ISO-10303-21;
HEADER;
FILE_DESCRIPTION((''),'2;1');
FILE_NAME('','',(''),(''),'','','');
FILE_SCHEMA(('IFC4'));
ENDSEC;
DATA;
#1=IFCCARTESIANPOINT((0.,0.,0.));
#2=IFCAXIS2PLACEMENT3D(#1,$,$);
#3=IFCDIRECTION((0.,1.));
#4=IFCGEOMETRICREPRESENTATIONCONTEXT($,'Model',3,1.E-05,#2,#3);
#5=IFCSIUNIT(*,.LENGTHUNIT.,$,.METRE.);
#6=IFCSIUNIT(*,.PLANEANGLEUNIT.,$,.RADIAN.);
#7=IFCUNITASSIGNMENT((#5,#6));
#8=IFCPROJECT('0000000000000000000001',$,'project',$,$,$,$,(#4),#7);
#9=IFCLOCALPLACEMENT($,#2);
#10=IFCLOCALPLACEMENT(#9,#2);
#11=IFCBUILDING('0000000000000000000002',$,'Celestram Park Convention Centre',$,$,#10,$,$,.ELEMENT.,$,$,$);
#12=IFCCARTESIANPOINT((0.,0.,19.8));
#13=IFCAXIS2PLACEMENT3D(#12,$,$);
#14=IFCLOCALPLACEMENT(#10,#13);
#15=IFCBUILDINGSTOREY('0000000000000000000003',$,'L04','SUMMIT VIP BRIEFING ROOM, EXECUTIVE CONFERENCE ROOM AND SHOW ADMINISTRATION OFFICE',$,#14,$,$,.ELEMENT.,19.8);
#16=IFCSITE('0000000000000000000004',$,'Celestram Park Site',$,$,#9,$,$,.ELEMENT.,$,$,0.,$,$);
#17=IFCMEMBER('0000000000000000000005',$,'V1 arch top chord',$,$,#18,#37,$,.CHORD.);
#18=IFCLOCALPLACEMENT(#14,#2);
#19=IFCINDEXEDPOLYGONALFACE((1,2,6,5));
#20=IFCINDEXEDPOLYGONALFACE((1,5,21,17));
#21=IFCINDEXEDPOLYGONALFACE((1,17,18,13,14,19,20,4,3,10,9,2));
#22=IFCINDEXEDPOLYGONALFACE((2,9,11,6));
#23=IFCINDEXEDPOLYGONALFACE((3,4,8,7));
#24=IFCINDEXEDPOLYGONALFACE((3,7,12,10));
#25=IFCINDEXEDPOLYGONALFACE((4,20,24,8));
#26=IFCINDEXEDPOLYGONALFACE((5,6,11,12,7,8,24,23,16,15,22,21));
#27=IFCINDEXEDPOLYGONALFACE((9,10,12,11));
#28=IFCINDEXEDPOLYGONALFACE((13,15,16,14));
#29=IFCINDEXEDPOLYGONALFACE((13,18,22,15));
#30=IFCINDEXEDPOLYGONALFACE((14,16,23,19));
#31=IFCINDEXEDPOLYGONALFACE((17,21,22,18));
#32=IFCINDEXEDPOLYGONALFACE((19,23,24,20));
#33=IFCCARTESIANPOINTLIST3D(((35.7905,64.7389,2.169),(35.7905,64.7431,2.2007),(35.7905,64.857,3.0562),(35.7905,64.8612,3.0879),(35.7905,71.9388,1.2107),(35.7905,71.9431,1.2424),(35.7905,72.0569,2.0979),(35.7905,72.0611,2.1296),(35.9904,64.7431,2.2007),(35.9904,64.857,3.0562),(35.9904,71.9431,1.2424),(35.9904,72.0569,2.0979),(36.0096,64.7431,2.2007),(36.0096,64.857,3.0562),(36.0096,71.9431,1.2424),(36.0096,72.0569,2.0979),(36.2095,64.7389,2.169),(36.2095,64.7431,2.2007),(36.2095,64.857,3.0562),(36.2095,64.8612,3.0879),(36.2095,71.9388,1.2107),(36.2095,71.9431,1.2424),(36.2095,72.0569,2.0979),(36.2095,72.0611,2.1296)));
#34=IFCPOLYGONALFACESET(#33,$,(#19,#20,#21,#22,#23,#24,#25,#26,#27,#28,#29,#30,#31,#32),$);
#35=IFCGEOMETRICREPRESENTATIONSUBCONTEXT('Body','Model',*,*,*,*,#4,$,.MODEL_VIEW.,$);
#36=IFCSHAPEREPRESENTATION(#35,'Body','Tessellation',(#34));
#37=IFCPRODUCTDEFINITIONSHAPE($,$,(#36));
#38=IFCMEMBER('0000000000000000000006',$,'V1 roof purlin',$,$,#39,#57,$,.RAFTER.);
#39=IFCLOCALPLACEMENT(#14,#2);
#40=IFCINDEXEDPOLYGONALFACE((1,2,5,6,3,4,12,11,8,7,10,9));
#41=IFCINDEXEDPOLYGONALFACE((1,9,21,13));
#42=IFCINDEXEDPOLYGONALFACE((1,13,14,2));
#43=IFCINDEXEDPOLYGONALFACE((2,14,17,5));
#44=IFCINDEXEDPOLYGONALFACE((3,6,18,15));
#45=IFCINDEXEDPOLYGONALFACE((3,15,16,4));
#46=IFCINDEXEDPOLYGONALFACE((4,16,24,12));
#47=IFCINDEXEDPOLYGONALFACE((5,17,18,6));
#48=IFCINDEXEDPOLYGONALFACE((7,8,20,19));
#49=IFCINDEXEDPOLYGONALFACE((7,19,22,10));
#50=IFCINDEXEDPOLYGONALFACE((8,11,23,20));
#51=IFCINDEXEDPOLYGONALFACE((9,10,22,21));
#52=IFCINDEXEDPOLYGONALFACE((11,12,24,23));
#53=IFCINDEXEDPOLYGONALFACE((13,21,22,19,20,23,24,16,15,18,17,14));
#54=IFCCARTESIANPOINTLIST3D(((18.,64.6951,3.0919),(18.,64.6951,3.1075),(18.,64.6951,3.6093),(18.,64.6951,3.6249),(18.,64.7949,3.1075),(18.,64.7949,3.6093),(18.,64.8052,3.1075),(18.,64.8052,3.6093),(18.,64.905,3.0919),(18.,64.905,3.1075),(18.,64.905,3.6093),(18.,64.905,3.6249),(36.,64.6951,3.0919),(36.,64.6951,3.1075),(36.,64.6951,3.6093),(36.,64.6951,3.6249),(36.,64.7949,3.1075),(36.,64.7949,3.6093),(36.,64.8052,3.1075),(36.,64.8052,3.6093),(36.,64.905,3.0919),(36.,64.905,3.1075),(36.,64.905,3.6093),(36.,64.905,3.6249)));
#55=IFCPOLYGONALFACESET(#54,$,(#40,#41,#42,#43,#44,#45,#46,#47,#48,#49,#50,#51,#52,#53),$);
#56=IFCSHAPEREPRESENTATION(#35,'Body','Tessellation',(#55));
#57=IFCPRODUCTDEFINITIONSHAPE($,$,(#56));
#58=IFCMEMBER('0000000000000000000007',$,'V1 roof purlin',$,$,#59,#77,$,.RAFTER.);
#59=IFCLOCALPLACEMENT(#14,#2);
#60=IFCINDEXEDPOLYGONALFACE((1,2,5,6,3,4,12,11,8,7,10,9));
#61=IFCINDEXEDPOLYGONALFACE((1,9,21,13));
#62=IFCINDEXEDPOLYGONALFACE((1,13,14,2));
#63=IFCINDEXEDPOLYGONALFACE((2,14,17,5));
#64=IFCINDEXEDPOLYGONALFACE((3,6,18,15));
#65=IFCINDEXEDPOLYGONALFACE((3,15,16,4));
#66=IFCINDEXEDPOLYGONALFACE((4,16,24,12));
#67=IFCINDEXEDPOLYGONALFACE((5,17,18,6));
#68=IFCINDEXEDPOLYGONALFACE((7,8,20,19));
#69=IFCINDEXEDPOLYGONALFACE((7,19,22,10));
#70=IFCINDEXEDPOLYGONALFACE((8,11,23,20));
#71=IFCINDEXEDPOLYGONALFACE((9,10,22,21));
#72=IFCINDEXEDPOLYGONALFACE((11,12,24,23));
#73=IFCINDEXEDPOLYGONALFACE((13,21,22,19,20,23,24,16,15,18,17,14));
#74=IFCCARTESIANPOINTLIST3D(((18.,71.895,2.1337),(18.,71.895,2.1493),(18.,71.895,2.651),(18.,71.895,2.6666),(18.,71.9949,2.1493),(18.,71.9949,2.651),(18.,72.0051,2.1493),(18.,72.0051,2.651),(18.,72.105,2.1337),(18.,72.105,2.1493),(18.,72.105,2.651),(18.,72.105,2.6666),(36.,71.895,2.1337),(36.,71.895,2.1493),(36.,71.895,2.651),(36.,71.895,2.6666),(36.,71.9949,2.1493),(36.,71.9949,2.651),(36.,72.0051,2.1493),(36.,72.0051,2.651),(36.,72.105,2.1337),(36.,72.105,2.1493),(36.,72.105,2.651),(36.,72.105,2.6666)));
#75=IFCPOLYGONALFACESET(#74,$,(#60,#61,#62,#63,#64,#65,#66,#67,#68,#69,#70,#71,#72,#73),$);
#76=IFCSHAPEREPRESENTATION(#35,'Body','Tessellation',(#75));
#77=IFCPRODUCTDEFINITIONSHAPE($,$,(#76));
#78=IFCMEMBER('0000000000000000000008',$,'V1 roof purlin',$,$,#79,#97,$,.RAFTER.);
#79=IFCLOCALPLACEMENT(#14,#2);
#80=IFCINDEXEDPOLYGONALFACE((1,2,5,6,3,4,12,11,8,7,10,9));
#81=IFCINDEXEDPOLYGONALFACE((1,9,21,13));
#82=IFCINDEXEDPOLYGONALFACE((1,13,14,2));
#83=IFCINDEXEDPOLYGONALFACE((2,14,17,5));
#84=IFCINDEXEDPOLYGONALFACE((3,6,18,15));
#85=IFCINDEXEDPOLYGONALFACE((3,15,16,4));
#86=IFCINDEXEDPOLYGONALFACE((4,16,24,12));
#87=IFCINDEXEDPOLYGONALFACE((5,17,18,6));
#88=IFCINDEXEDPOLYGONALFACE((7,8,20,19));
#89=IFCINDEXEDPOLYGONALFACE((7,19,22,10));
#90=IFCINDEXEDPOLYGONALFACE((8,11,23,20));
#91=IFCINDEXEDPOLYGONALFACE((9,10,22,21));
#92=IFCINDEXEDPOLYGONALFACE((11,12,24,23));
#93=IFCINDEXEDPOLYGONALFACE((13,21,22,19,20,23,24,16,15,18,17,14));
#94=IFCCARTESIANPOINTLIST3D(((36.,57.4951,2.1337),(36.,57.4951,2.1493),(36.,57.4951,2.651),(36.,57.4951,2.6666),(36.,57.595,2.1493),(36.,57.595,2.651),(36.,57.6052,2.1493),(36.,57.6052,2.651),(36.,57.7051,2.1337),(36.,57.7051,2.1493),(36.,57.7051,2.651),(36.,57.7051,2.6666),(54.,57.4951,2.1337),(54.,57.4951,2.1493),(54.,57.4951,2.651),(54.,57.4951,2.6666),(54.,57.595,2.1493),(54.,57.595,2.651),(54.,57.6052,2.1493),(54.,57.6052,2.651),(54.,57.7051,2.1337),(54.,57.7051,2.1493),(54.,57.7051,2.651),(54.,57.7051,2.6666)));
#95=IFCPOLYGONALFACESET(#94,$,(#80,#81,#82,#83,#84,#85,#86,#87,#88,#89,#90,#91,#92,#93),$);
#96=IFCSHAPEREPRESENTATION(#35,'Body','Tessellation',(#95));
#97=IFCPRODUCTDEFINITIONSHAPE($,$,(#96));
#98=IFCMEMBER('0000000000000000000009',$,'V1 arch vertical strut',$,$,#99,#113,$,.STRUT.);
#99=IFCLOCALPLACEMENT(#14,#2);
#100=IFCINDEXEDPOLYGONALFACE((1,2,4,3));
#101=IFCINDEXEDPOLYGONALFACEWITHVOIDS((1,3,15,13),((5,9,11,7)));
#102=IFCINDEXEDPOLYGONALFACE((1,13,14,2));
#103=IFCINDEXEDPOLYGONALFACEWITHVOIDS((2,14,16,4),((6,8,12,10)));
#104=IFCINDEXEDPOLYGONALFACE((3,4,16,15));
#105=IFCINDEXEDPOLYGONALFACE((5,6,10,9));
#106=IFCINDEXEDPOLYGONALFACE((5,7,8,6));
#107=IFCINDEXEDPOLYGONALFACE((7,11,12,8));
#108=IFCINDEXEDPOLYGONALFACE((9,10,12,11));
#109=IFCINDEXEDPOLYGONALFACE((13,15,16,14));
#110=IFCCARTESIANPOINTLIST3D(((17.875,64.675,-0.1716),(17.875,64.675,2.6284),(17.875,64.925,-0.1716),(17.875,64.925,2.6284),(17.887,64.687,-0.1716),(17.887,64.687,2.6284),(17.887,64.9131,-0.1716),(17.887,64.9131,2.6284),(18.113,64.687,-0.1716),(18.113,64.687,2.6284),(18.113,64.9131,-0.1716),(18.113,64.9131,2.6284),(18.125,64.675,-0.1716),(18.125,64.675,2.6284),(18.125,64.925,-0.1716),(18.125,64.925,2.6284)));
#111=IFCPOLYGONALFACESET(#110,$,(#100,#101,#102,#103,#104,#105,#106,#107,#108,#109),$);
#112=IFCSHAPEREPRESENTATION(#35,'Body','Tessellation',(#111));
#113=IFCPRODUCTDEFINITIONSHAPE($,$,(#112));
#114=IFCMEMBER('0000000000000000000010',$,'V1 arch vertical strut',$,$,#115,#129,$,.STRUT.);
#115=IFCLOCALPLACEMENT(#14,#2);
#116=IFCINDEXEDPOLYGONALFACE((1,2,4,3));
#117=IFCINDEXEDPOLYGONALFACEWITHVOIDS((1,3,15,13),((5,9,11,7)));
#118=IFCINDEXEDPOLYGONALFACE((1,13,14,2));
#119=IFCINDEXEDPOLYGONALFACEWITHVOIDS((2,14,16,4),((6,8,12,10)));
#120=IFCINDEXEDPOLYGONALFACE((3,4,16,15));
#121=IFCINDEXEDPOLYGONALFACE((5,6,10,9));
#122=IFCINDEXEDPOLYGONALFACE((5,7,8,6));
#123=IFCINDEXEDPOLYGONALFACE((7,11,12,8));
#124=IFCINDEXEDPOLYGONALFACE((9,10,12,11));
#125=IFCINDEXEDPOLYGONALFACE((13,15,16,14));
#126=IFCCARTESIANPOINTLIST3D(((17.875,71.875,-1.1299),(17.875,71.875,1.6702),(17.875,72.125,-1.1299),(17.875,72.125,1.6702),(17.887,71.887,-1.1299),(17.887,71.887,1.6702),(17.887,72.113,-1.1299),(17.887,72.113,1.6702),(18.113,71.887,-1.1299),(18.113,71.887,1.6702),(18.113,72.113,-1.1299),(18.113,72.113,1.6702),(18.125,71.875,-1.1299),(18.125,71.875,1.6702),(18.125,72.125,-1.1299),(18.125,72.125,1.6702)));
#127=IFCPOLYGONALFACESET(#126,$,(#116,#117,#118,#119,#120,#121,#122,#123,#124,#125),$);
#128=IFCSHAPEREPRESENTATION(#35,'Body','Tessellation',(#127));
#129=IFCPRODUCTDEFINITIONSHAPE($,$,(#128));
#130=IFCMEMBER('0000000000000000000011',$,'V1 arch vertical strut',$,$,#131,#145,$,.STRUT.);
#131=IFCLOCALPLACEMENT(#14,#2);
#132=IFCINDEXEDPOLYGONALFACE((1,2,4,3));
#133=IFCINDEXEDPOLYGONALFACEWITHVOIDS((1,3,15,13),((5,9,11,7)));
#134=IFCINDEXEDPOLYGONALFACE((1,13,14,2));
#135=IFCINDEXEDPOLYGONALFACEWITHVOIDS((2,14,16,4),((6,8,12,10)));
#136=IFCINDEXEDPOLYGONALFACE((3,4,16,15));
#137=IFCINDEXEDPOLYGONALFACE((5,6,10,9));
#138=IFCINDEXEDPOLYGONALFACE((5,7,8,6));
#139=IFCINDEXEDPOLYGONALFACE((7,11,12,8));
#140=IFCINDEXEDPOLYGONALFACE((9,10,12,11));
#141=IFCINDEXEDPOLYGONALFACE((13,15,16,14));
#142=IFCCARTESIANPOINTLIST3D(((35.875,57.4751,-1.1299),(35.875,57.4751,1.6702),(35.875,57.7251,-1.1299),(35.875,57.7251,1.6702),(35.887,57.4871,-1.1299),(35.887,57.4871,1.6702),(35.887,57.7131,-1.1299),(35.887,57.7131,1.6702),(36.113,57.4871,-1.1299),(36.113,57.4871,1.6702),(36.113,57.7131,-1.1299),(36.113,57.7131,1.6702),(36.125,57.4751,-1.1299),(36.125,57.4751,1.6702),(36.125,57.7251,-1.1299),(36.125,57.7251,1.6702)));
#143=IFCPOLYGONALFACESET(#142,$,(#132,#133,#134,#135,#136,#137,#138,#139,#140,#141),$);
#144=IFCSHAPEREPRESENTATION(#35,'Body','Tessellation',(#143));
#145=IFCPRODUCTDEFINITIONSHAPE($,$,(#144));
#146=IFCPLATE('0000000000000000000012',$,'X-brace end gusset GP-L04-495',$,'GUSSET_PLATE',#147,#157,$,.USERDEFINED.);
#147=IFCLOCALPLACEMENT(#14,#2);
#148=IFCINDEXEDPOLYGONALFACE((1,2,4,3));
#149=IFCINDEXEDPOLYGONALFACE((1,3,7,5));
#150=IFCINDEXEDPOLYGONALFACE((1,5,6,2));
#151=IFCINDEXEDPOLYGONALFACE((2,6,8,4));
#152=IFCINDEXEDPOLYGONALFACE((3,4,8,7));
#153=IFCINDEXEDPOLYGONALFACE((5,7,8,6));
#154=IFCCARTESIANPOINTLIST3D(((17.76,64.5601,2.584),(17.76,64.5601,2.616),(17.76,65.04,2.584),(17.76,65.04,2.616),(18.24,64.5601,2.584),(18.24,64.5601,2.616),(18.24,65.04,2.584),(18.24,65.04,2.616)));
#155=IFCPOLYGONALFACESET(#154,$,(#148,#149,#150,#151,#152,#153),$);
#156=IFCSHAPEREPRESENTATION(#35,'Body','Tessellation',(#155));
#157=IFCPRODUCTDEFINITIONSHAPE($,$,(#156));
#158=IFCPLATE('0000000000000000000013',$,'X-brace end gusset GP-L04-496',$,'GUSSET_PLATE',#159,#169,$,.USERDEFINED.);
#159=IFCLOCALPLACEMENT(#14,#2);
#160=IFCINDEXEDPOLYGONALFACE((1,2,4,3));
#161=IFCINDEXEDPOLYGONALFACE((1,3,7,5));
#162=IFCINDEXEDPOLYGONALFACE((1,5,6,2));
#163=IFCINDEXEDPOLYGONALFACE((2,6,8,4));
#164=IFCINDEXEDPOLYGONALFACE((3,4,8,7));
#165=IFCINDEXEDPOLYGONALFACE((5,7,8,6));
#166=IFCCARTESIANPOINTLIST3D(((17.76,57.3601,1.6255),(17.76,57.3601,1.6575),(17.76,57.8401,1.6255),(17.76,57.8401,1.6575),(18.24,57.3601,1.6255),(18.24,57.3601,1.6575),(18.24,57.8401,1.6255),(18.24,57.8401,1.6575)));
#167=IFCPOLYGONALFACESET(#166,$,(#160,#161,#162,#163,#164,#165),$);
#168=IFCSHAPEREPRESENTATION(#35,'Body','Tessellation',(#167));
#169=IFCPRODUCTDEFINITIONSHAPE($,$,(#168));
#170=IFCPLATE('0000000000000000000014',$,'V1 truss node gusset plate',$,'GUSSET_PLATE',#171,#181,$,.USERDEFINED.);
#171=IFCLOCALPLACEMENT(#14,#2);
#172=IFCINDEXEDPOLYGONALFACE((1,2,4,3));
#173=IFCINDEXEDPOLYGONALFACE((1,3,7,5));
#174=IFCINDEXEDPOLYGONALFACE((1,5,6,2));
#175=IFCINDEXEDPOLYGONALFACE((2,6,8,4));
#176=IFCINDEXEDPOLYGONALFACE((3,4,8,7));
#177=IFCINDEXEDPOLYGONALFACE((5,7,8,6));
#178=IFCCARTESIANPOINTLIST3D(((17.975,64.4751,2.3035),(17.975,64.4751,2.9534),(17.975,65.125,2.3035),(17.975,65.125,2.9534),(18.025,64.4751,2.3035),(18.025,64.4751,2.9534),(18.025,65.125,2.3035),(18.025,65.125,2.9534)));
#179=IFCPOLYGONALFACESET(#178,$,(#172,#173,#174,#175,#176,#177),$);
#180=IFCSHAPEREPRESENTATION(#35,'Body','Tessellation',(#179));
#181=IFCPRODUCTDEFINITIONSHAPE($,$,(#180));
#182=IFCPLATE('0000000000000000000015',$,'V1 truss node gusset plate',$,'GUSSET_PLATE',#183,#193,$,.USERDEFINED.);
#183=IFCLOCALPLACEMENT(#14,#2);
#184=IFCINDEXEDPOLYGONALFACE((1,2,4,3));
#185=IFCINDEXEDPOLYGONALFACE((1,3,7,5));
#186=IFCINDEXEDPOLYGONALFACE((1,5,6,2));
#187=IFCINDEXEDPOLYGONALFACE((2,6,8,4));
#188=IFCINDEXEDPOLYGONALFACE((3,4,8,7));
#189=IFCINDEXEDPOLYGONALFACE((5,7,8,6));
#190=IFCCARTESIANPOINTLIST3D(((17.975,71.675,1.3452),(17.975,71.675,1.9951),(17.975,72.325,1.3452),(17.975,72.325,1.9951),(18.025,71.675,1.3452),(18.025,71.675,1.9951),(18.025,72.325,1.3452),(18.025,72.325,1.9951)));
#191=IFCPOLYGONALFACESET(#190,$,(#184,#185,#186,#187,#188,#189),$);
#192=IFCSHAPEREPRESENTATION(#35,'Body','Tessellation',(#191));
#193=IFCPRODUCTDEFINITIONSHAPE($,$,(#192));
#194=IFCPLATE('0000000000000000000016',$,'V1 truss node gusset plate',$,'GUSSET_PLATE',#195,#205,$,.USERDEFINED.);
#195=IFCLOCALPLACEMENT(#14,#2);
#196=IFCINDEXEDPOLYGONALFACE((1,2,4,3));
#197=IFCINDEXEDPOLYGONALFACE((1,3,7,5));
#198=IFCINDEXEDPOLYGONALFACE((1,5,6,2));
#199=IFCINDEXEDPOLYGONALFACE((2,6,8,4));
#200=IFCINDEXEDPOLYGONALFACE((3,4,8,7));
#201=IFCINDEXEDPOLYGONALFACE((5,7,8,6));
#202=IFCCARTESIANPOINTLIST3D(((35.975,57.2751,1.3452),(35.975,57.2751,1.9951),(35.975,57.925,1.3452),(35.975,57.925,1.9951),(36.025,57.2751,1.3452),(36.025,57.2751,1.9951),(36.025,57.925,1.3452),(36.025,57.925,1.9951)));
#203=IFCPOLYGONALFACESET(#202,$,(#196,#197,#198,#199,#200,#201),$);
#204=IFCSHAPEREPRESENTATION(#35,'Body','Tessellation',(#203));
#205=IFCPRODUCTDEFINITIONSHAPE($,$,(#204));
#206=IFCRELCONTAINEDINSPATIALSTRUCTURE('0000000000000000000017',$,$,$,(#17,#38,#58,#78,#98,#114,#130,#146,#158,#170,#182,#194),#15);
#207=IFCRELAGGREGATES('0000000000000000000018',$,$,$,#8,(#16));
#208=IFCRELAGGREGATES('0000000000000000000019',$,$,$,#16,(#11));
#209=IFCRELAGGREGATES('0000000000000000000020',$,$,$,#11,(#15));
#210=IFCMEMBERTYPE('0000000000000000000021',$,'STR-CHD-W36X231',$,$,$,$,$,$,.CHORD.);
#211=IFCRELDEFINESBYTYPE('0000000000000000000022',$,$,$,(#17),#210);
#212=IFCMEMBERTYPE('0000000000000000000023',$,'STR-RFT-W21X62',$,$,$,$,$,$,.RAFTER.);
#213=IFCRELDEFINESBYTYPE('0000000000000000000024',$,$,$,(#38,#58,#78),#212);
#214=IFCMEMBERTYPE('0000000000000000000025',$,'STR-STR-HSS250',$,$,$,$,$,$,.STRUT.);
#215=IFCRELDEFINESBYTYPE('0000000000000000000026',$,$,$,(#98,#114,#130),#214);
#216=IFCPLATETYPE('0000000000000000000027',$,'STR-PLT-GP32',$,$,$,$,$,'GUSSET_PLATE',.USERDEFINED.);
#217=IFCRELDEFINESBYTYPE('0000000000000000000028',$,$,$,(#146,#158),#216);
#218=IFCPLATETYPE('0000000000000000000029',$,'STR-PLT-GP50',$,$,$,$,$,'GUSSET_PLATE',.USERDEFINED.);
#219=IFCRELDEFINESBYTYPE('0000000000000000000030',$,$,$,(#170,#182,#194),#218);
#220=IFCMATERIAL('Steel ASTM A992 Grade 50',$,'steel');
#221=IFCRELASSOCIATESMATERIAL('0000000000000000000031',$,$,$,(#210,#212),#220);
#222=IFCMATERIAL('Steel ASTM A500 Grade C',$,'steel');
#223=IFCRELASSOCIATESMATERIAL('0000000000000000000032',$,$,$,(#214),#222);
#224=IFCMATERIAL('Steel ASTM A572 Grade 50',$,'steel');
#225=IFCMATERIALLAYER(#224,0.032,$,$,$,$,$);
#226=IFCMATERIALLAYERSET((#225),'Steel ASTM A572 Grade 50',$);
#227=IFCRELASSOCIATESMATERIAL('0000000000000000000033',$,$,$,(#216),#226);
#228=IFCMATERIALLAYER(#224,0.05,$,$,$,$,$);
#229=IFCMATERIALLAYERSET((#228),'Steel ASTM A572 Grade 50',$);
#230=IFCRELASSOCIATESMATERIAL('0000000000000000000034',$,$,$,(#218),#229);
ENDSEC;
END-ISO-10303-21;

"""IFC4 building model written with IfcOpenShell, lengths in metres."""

from ifc_helpers import new_model, si_unit, direction, frame, origin, origin_2d, place, context, subcontext, project, spatial, rectangle, hollow_rectangle, i_section, extrude, material, layer, layer_set, material_profile, profile_set, type_object, element, save


model = new_model("IFC4")

# Units and contexts
model_context = context("Model", 3, precision=1e-05, world=origin(), true_north=direction((0.0, 1.0)))
body_context = subcontext(model_context, "Body", "Model", "MODEL_VIEW")
ifc_project = project(units=[si_unit("LENGTHUNIT", "METRE"), si_unit("PLANEANGLEUNIT", "RADIAN")], contexts=[model_context])

# Site, building, storey
site_placement = place(None, origin())
site = spatial("IfcSite", under=ifc_project, at=site_placement, Name="Celestram Park Site", CompositionType="ELEMENT", RefElevation=0.0)
building_placement = place(site_placement, origin())
building = spatial("IfcBuilding", under=site, at=building_placement, Name="Celestram Park Convention Centre", CompositionType="ELEMENT")
storey_placement = place(building_placement, frame((0.0, 0.0, 19.8)))
storey = spatial("IfcBuildingStorey", under=building, at=storey_placement, Name="L04", Description="SUMMIT VIP BRIEFING ROOM, EXECUTIVE CONFERENCE ROOM AND SHOW ADMINISTRATION OFFICE", CompositionType="ELEMENT", Elevation=19.8)

# Members
ifc_material_1 = material(Name="Steel ASTM A500 Grade C", Category="steel")
ifc_material_2 = material(Name="Steel ASTM A992 Grade 50", Category="steel")
ifc_material_profile_1 = material_profile(ifc_material_2, i_section(OverallWidth=0.4189, OverallDepth=0.927, WebThickness=0.0193, FlangeThickness=0.032, at=origin_2d()), Name="W36X231")
ifc_profile_set_1 = profile_set([ifc_material_profile_1], Name="Steel ASTM A992 Grade 50")
member_type_1 = type_object("IfcMemberType", Name="STR-CHD-W36X231", PredefinedType="CHORD", material=ifc_profile_set_1)
for number, where, z_axis, x_axis, name in (
    (1, (36.0, 64.8, 2.6284), (0.0, 0.991259, -0.131928), (-1.0, 0.0, 0.0), "V1 arch top chord"),
):
    element("IfcMember", number, at=place(storey_placement, frame(where, z_axis=z_axis, x_axis=x_axis)), inside=storey, type_object=member_type_1, Name=name, PredefinedType="CHORD", context=body_context, shape_type="SweptSolid", body=[
        extrude(i_section(OverallWidth=0.4189, OverallDepth=0.927, WebThickness=0.0193, FlangeThickness=0.032, at=origin_2d()), origin(), (0.0, 0.0, 1.0), 7.2634),
    ])
ifc_material_profile_2 = material_profile(ifc_material_2, i_section(OverallWidth=0.21, OverallDepth=0.533, WebThickness=0.0103, FlangeThickness=0.0156, at=origin_2d()), Name="W21X62")
ifc_profile_set_2 = profile_set([ifc_material_profile_2], Name="Steel ASTM A992 Grade 50")
member_type_2 = type_object("IfcMemberType", Name="STR-RFT-W21X62", PredefinedType="RAFTER", material=ifc_profile_set_2)
for number, where, z_axis, x_axis, name in (
    (2, (18.0, 64.8, 3.3584), (1.0, 0.0, 0.0), (0.0, 1.0, 0.0), "V1 roof purlin"),
    (3, (18.0, 72.0, 2.4001), (1.0, 0.0, 0.0), (0.0, 1.0, 0.0), "V1 roof purlin"),
    (4, (36.0, 57.6001, 2.4001), (1.0, 0.0, 0.0), (0.0, 1.0, 0.0), "V1 roof purlin"),
):
    element("IfcMember", number, at=place(storey_placement, frame(where, z_axis=z_axis, x_axis=x_axis)), inside=storey, type_object=member_type_2, Name=name, PredefinedType="RAFTER", context=body_context, shape_type="SweptSolid", body=[
        extrude(i_section(OverallWidth=0.21, OverallDepth=0.533, WebThickness=0.0103, FlangeThickness=0.0156, at=origin_2d()), origin(), (0.0, 0.0, 1.0), 18.0),
    ])
ifc_material_profile_3 = material_profile(ifc_material_1, hollow_rectangle(XDim=0.25, YDim=0.25, WallThickness=0.012, at=origin_2d()), Name="HSS250X250X12")
ifc_profile_set_3 = profile_set([ifc_material_profile_3], Name="Steel ASTM A500 Grade C")
member_type_3 = type_object("IfcMemberType", Name="STR-STR-HSS250", PredefinedType="STRUT", material=ifc_profile_set_3)
for number, where, z_axis, x_axis, name in (
    (5, (18.0, 64.8, -0.1716), (0.0, 0.0, 1.0), (1.0, 0.0, 0.0), "V1 arch vertical strut"),
    (6, (18.0, 72.0, -1.1299), (0.0, 0.0, 1.0), (1.0, 0.0, 0.0), "V1 arch vertical strut"),
    (7, (36.0, 57.6001, -1.1299), (0.0, 0.0, 1.0), (1.0, 0.0, 0.0), "V1 arch vertical strut"),
):
    element("IfcMember", number, at=place(storey_placement, frame(where, z_axis=z_axis, x_axis=x_axis)), inside=storey, type_object=member_type_3, Name=name, PredefinedType="STRUT", context=body_context, shape_type="SweptSolid", body=[
        extrude(hollow_rectangle(XDim=0.25, YDim=0.25, WallThickness=0.012, at=origin_2d()), origin(), (0.0, 0.0, 1.0), 2.8),
    ])

# Plates
ifc_material_3 = material(Name="Steel ASTM A572 Grade 50", Category="steel")
ifc_layer_1 = layer(ifc_material_3, 0.032)
ifc_layer_set_1 = layer_set([ifc_layer_1], Name="Steel ASTM A572 Grade 50")
plate_type_1 = type_object("IfcPlateType", Name="STR-PLT-GP32", ElementType="GUSSET_PLATE", PredefinedType="USERDEFINED", material=ifc_layer_set_1)
for number, where, z_axis, x_axis, name in (
    (8, (18.0, 64.8, 2.584), (0.0, 0.0, 1.0), (1.0, 0.0, 0.0), "X-brace end gusset GP-L04-495"),
    (9, (18.0, 57.6001, 1.6255), (0.0, 0.0, 1.0), (1.0, 0.0, 0.0), "X-brace end gusset GP-L04-496"),
):
    element("IfcPlate", number, at=place(storey_placement, frame(where, z_axis=z_axis, x_axis=x_axis)), inside=storey, type_object=plate_type_1, Name=name, ObjectType="GUSSET_PLATE", PredefinedType="USERDEFINED", context=body_context, shape_type="SweptSolid", body=[
        extrude(rectangle(XDim=0.48, YDim=0.48, at=origin_2d()), origin(), (0.0, 0.0, 1.0), 0.032),
    ])
ifc_layer_2 = layer(ifc_material_3, 0.05)
ifc_layer_set_2 = layer_set([ifc_layer_2], Name="Steel ASTM A572 Grade 50")
plate_type_2 = type_object("IfcPlateType", Name="STR-PLT-GP50", ElementType="GUSSET_PLATE", PredefinedType="USERDEFINED", material=ifc_layer_set_2)
for number, where, z_axis, x_axis, name in (
    (10, (18.0, 64.8, 2.3035), (0.0, 0.0, 1.0), (0.0, 1.0, 0.0), "V1 truss node gusset plate"),
    (11, (18.0, 72.0, 1.3452), (0.0, 0.0, 1.0), (0.0, 1.0, 0.0), "V1 truss node gusset plate"),
    (12, (36.0, 57.6001, 1.3452), (0.0, 0.0, 1.0), (0.0, 1.0, 0.0), "V1 truss node gusset plate"),
):
    element("IfcPlate", number, at=place(storey_placement, frame(where, z_axis=z_axis, x_axis=x_axis)), inside=storey, type_object=plate_type_2, Name=name, ObjectType="GUSSET_PLATE", PredefinedType="USERDEFINED", context=body_context, shape_type="SweptSolid", body=[
        extrude(rectangle(XDim=0.6499, YDim=0.05, at=origin_2d()), origin(), (0.0, 0.0, 1.0), 0.6499),
    ])

save(model, "model.ifc")
